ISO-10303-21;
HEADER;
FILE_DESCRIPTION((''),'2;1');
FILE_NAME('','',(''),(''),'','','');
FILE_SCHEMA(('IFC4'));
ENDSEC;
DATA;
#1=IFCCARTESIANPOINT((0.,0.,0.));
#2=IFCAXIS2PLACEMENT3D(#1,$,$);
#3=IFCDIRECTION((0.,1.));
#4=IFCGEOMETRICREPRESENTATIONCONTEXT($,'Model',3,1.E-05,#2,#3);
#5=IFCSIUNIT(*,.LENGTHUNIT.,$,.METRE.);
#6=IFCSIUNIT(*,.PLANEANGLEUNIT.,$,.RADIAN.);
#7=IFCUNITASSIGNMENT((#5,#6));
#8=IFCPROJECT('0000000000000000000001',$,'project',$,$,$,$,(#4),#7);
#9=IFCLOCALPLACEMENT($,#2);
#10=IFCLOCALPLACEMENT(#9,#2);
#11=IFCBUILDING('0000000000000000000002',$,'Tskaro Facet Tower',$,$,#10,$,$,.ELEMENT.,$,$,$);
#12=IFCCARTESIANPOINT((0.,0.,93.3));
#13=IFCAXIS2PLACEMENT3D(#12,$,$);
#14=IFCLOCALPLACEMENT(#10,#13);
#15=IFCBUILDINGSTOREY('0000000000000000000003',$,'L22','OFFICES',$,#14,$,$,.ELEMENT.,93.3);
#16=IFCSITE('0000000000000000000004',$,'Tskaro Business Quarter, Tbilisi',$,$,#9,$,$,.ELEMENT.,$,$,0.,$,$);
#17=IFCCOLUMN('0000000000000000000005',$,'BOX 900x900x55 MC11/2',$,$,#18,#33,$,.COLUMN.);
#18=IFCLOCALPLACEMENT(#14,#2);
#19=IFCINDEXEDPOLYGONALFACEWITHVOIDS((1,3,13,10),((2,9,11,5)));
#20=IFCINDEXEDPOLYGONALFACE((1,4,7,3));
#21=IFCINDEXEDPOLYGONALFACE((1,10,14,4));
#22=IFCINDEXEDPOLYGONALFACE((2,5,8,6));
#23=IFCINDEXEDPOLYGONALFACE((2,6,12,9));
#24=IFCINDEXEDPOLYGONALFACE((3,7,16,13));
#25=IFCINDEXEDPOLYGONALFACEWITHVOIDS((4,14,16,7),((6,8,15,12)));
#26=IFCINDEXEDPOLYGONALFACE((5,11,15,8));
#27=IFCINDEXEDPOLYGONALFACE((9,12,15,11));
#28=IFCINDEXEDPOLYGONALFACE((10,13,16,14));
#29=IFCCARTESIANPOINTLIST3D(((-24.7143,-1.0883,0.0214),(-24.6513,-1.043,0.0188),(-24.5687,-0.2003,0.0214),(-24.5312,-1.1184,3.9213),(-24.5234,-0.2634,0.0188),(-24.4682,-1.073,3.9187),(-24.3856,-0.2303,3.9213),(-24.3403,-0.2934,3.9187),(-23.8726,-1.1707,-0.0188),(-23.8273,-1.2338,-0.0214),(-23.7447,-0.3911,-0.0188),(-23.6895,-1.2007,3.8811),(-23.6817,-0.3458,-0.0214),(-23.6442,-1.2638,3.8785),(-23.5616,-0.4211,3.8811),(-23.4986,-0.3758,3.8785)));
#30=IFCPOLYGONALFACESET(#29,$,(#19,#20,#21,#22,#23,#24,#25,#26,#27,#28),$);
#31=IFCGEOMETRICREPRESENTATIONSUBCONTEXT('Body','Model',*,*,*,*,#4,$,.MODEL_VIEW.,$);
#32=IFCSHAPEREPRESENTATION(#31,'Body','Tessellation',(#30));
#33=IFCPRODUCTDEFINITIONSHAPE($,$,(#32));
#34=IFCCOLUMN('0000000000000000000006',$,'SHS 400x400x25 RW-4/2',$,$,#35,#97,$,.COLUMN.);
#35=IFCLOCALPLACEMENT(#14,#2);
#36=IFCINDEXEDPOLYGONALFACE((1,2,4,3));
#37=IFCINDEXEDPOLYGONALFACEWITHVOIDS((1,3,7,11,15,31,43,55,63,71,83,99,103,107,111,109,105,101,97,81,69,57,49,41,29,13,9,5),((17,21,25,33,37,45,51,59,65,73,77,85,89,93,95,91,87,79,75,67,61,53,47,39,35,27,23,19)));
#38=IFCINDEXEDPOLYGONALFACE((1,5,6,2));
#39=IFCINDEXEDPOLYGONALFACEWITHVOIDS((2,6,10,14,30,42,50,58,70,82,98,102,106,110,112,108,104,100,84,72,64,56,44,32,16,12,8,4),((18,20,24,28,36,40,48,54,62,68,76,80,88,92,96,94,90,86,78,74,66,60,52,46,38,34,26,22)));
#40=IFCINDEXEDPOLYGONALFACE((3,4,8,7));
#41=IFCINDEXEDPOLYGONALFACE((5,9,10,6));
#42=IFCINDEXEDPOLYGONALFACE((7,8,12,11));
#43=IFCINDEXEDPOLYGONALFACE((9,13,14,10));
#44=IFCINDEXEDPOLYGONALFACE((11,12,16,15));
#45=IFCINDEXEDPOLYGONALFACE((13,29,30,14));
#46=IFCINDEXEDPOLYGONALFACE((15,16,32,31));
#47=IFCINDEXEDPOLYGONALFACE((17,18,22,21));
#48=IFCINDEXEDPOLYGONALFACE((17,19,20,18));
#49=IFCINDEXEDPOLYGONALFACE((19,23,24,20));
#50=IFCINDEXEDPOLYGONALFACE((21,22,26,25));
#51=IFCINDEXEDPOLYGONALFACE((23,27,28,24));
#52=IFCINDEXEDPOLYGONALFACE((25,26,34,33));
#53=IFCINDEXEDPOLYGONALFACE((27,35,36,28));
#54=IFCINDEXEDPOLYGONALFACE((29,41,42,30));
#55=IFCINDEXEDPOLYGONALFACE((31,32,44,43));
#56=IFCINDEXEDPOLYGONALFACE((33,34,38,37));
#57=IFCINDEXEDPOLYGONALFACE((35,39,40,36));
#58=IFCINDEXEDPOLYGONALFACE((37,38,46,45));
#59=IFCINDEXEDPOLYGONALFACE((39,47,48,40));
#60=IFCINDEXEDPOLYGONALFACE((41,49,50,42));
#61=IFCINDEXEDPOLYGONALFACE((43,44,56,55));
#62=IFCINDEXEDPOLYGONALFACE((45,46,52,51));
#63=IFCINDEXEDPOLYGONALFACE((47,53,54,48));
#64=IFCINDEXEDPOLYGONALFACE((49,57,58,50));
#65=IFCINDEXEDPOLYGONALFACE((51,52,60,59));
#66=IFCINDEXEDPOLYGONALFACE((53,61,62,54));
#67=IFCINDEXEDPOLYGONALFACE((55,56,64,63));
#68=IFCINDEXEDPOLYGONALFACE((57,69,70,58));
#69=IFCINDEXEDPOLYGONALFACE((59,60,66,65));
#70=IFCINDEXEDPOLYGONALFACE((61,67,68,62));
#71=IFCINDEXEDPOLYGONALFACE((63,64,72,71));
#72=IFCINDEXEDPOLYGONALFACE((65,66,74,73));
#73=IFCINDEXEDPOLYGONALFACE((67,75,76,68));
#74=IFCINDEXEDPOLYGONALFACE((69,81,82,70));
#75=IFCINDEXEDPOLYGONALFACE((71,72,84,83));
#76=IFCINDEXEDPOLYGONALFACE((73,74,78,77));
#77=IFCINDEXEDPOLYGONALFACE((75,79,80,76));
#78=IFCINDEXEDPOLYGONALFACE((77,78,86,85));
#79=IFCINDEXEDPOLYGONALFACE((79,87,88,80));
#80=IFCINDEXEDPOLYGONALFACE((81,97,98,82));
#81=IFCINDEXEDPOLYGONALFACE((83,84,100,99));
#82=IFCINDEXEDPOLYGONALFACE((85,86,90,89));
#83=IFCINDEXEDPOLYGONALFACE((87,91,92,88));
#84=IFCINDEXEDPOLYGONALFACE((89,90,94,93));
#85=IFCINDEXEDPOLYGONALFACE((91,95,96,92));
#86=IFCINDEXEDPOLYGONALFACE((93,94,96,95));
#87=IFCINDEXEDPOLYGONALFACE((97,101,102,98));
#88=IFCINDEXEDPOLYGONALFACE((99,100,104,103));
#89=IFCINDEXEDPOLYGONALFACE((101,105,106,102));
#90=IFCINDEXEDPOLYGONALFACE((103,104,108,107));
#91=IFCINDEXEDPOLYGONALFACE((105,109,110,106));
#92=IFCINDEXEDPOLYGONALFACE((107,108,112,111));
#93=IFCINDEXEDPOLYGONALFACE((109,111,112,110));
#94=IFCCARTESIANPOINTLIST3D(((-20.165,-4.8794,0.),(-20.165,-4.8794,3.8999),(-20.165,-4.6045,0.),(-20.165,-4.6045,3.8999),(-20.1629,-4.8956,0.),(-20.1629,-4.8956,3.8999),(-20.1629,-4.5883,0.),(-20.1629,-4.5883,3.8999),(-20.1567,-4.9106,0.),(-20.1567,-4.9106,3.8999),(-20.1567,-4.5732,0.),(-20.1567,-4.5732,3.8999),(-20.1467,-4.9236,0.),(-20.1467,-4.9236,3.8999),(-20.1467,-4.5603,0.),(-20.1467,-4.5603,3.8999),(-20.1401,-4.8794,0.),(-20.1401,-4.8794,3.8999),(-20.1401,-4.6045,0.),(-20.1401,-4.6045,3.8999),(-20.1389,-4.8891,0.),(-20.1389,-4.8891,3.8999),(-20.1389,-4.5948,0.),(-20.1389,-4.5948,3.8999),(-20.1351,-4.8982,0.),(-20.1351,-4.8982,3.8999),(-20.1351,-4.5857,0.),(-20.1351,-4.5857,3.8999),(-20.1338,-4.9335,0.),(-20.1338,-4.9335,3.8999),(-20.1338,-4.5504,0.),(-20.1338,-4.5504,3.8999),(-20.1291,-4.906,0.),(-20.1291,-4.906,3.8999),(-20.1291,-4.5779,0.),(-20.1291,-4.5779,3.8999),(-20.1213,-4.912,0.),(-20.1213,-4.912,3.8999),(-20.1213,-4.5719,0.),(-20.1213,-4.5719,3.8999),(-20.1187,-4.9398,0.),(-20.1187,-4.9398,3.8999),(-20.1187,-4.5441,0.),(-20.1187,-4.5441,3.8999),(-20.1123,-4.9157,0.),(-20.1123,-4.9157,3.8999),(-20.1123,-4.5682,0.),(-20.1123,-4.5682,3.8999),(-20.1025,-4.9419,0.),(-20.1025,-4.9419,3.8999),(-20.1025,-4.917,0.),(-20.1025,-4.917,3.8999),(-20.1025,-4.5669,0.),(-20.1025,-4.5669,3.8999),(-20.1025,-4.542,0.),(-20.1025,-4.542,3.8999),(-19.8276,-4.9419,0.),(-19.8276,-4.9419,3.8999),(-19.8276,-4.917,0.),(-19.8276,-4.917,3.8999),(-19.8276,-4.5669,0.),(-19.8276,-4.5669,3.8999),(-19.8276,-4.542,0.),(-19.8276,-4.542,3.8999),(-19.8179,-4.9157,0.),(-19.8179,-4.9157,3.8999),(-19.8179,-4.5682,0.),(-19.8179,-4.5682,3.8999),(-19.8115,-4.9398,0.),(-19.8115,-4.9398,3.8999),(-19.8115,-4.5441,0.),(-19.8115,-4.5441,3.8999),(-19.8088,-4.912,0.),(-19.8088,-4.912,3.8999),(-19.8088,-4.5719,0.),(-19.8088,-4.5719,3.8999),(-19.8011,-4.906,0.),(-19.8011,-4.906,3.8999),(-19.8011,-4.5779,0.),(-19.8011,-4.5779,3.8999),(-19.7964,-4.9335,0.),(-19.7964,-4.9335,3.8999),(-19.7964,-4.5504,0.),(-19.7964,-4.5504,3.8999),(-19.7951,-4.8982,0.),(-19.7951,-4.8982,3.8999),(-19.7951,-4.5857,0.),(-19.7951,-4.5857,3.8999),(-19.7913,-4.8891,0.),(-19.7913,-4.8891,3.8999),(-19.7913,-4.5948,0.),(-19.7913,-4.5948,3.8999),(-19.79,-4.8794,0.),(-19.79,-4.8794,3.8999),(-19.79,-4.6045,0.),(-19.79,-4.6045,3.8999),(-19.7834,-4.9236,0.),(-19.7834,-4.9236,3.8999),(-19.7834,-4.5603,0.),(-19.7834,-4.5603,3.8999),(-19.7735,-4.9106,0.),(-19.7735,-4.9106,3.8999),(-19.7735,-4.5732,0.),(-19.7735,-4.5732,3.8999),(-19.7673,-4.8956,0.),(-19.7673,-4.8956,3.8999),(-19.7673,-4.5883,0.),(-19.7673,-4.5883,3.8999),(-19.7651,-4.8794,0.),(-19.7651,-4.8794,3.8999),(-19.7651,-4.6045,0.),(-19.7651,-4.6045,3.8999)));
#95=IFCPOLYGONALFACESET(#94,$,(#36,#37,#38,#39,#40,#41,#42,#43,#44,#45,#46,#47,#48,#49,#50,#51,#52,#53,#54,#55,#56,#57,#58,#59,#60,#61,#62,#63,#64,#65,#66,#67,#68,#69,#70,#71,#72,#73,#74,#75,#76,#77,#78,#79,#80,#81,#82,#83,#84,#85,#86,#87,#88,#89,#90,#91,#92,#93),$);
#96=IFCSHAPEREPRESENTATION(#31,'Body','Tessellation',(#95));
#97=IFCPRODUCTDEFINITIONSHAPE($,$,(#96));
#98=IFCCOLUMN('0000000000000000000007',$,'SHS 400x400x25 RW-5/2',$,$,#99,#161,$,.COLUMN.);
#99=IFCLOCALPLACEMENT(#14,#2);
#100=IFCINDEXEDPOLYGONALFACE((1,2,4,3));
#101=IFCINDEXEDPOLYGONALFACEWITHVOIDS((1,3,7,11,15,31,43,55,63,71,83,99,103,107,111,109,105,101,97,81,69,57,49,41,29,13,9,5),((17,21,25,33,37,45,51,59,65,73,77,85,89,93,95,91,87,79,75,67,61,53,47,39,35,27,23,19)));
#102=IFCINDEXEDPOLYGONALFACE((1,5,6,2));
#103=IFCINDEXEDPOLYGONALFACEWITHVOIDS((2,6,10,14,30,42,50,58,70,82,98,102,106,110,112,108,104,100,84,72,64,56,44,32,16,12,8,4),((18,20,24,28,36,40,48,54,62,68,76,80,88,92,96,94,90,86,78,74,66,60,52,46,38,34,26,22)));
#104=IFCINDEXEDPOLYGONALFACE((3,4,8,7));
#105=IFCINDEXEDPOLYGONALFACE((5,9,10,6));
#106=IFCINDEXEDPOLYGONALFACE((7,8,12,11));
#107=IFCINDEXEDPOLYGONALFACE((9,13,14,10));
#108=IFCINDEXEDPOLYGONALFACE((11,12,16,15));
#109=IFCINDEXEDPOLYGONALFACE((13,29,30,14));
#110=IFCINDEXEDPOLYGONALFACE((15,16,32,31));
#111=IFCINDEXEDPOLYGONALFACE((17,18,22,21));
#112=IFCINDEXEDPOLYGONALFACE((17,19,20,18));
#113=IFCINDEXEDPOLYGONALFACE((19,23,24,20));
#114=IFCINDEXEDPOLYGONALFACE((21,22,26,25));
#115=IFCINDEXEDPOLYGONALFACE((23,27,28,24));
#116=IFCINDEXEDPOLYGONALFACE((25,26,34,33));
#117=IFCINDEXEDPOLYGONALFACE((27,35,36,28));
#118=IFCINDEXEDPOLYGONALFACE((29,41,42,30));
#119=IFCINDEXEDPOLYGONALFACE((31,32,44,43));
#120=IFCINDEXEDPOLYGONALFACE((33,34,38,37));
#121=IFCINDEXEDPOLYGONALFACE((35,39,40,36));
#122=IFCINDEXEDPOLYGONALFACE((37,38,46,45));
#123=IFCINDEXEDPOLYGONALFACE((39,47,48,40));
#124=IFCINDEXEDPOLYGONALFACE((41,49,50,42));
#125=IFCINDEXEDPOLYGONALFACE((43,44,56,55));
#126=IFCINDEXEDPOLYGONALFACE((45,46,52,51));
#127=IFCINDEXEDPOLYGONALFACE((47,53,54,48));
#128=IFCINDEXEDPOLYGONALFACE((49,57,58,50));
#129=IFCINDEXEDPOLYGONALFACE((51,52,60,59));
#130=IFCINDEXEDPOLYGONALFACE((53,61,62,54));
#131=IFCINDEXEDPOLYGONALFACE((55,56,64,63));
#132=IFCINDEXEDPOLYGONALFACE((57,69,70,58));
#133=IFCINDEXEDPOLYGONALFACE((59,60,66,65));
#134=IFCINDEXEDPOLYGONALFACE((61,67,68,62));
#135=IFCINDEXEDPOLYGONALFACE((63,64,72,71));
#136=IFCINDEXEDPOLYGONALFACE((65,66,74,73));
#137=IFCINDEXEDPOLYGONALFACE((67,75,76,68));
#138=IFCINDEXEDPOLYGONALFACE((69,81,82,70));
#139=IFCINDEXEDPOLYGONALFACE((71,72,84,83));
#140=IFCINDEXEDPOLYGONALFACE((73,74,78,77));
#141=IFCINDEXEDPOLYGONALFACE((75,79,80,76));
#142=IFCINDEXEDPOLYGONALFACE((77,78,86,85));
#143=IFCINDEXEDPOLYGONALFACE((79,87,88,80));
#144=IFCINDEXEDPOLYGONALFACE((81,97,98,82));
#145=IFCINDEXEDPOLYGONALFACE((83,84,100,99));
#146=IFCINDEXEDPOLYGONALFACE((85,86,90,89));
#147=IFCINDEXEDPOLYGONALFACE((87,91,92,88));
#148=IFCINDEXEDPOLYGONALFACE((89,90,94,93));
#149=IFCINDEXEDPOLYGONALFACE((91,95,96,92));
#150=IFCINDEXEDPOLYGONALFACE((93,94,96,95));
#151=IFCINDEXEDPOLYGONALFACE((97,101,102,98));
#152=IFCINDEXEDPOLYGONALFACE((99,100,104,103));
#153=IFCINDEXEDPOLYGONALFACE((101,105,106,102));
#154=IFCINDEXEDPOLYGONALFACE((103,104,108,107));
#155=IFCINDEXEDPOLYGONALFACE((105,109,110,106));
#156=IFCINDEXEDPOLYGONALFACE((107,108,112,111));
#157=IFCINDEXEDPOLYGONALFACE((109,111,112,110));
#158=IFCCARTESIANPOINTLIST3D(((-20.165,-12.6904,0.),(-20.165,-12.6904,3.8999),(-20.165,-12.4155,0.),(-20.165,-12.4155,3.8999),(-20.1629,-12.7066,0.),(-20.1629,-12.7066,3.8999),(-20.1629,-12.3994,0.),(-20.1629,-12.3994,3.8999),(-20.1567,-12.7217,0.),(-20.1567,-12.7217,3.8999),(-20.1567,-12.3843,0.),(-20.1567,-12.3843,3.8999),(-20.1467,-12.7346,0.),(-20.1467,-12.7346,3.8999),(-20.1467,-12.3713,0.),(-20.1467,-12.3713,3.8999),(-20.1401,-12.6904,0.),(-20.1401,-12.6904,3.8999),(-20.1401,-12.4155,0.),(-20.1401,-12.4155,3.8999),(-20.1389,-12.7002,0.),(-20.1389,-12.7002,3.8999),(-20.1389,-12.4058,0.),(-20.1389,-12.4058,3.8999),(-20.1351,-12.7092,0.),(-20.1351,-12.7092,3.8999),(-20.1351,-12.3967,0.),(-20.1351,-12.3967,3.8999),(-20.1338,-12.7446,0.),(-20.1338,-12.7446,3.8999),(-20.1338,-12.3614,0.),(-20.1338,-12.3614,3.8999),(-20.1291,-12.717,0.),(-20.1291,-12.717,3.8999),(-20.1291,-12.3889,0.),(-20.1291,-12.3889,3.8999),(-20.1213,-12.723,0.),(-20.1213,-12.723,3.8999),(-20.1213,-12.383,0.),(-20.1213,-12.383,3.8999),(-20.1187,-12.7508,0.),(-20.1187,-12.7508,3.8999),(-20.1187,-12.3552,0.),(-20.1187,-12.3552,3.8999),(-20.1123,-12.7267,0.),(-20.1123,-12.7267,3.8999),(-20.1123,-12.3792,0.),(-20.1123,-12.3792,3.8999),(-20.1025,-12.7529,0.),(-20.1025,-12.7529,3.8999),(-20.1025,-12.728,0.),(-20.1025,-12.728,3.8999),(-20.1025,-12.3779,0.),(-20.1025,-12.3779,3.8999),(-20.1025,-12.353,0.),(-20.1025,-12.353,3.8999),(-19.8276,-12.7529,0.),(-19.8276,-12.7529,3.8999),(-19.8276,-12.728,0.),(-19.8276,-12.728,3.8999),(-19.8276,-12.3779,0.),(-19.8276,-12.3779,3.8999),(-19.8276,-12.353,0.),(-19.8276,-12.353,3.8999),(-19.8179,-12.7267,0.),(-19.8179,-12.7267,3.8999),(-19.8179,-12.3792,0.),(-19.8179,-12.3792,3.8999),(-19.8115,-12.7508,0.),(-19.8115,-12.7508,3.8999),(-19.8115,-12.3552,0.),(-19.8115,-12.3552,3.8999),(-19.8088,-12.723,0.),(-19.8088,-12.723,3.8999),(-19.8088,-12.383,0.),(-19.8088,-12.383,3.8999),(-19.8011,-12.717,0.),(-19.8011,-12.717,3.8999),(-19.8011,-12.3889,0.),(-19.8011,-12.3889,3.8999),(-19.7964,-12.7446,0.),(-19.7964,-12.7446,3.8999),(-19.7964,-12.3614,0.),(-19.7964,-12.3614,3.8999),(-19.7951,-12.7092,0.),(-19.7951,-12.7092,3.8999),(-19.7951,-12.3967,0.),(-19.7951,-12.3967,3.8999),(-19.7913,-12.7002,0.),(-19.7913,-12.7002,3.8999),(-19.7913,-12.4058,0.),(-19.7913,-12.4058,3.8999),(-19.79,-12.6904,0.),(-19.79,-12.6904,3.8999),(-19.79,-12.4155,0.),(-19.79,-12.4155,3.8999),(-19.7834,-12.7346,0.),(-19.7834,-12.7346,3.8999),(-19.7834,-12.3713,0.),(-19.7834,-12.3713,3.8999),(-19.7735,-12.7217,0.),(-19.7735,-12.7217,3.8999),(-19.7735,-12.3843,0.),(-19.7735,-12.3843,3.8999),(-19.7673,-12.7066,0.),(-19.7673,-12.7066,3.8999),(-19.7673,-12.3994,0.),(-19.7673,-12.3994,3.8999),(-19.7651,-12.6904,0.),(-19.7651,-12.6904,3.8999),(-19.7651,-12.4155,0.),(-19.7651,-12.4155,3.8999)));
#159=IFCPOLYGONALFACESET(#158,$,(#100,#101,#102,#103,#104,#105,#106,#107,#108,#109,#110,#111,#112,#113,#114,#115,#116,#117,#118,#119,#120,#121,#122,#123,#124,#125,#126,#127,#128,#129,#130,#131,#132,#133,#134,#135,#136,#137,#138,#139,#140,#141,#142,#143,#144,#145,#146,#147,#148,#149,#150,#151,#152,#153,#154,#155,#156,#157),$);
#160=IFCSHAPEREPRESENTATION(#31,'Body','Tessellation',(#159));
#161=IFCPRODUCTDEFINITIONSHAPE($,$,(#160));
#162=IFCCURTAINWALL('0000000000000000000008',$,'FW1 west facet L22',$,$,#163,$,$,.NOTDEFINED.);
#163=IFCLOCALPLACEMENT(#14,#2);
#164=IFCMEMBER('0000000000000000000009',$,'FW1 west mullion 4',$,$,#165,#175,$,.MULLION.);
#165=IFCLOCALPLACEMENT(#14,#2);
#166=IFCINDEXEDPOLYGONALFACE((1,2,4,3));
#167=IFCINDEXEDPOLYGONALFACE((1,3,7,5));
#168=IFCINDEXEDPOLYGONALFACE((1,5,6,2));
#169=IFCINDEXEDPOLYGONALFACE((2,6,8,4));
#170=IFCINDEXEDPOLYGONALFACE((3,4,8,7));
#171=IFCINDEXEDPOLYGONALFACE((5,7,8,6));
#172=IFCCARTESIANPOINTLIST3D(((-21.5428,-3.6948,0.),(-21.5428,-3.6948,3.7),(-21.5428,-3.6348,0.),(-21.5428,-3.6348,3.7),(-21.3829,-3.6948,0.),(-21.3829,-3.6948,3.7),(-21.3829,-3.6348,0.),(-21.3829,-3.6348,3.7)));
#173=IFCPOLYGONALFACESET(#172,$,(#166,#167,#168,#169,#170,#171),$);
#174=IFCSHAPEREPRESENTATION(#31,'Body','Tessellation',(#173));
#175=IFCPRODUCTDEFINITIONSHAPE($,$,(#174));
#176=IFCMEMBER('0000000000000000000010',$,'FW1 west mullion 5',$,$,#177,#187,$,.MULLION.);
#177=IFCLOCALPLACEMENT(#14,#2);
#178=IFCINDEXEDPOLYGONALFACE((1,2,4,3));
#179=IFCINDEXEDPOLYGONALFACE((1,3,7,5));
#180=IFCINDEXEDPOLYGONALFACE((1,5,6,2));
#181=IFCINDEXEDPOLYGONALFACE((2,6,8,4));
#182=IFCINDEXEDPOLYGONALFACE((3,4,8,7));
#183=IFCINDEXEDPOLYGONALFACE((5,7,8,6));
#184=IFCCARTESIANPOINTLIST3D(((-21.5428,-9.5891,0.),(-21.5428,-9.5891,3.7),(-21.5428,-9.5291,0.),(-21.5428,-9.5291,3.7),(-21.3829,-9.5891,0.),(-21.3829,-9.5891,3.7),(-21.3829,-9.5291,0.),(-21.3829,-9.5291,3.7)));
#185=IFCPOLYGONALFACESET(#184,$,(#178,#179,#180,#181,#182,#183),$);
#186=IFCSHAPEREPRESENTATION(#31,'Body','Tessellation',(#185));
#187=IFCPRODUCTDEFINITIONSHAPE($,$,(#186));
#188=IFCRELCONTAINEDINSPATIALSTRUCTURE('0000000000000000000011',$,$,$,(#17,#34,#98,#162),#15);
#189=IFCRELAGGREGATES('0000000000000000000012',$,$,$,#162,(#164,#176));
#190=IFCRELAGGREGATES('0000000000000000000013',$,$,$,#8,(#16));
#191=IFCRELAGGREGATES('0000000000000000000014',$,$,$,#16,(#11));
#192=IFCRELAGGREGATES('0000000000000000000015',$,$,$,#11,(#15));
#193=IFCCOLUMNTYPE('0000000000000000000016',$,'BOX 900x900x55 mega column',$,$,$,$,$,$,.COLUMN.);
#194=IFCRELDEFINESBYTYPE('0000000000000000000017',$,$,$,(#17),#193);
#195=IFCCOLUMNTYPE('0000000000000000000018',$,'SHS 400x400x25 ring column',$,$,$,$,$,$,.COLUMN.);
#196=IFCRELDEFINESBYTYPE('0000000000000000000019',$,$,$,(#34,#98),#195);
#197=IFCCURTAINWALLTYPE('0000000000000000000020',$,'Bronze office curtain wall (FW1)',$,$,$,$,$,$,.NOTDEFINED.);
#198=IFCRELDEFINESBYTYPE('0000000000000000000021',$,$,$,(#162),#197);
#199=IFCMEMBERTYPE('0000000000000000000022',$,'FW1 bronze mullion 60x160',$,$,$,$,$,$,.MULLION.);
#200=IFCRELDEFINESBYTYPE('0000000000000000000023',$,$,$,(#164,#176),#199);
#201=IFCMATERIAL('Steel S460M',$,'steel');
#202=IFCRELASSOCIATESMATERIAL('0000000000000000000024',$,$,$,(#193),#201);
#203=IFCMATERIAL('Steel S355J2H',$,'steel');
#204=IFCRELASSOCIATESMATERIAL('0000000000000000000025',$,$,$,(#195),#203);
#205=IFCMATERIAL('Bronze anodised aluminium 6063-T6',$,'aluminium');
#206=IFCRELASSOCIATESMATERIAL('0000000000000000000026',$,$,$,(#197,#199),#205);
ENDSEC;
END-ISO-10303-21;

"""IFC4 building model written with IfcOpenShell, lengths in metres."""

from ifc_helpers import new_model, si_unit, direction, frame, origin, origin_2d, place, context, subcontext, project, spatial, rectangle, hollow_rectangle, extrude, material, material_profile, profile_set, type_object, element, aggregate, save


model = new_model("IFC4")

# Units and contexts
model_context = context("Model", 3, precision=1e-05, world=origin(), true_north=direction((0.0, 1.0)))
body_context = subcontext(model_context, "Body", "Model", "MODEL_VIEW")
ifc_project = project(units=[si_unit("LENGTHUNIT", "METRE"), si_unit("PLANEANGLEUNIT", "RADIAN")], contexts=[model_context])

# Site, building, storey
site_placement = place(None, origin())
site = spatial("IfcSite", under=ifc_project, at=site_placement, Name="Tskaro Business Quarter, Tbilisi", CompositionType="ELEMENT", RefElevation=0.0)
building_placement = place(site_placement, origin())
building = spatial("IfcBuilding", under=site, at=building_placement, Name="Tskaro Facet Tower", CompositionType="ELEMENT")
storey_placement = place(building_placement, frame((0.0, 0.0, 93.3)))
storey = spatial("IfcBuildingStorey", under=building, at=storey_placement, Name="L22", Description="OFFICES", CompositionType="ELEMENT", Elevation=93.3)

# Columns
ifc_material_1 = material(Name="Steel S460M", Category="steel")
ifc_material_profile_1 = material_profile(ifc_material_1, hollow_rectangle(XDim=0.8999, YDim=0.8999, WallThickness=0.0549, at=origin_2d()), Name="BOX 900x900x55")
ifc_profile_set_1 = profile_set([ifc_material_profile_1], Name="Steel S460M")
column_type_1 = type_object("IfcColumnType", Name="BOX 900x900x55 mega column", PredefinedType="COLUMN", material=ifc_profile_set_1)
column_placement = place(storey_placement, frame((-24.198, -0.717, 0.0), z_axis=(0.046898, -0.007691, 0.99887), x_axis=(0.161838, 0.986817, 0.0)))
element("IfcColumn", 1, at=column_placement, inside=storey, type_object=column_type_1, Name="BOX 900x900x55 MC11/2", PredefinedType="COLUMN", context=body_context, shape_type="SweptSolid", body=[
    extrude(hollow_rectangle(XDim=0.8999, YDim=0.8999, WallThickness=0.0549, at=origin_2d()), origin(), (0.0, 0.0, 1.0), 3.9043),
])
ifc_material_2 = material(Name="Steel S355J2H", Category="steel")
ifc_material_profile_2 = material_profile(ifc_material_2, hollow_rectangle(XDim=0.3999, YDim=0.3999, WallThickness=0.0249, InnerFilletRadius=0.0376, OuterFilletRadius=0.0625, at=origin_2d()), Name="SHS 400x400x25")
ifc_profile_set_2 = profile_set([ifc_material_profile_2], Name="Steel S355J2H")
column_type_2 = type_object("IfcColumnType", Name="SHS 400x400x25 ring column", PredefinedType="COLUMN", material=ifc_profile_set_2)
for number, where, z_axis, x_axis, name in (
    (2, (-19.9651, -4.7419, 0.0), (0.0, 0.0, 1.0), (1.0, 0.0, 0.0), "SHS 400x400x25 RW-4/2"),
    (3, (-19.9651, -12.553, 0.0), (0.0, 0.0, 1.0), (1.0, 0.0, 0.0), "SHS 400x400x25 RW-5/2"),
):
    element("IfcColumn", number, at=place(storey_placement, frame(where, z_axis=z_axis, x_axis=x_axis)), inside=storey, type_object=column_type_2, Name=name, PredefinedType="COLUMN", context=body_context, shape_type="SweptSolid", body=[
        extrude(hollow_rectangle(XDim=0.3999, YDim=0.3999, WallThickness=0.0249, InnerFilletRadius=0.0376, OuterFilletRadius=0.0625, at=origin_2d()), origin(), (0.0, 0.0, 1.0), 3.8999),
    ])

# Curtain wall, members
ifc_material_3 = material(Name="Bronze anodised aluminium 6063-T6", Category="aluminium")
curtain_wall_type = type_object("IfcCurtainWallType", Name="Bronze office curtain wall (FW1)", PredefinedType="NOTDEFINED", material=ifc_material_3)
curtain_wall_placement = place(storey_placement, origin())
curtain_wall = element("IfcCurtainWall", 4, at=curtain_wall_placement, inside=storey, type_object=curtain_wall_type, Name="FW1 west facet L22", PredefinedType="NOTDEFINED")
ifc_material_profile_3 = material_profile(ifc_material_3, rectangle(XDim=0.0601, YDim=0.1599, at=origin_2d()), Name="Mullion 60x160")
ifc_profile_set_3 = profile_set([ifc_material_profile_3], Name="Bronze anodised aluminium 6063-T6")
member_type_1 = type_object("IfcMemberType", Name="FW1 bronze mullion 60x160", PredefinedType="MULLION", material=ifc_profile_set_3)
member_1_placement = place(storey_placement, frame((-21.4629, -3.6648, 0.0), z_axis=(0.0, 0.0, 1.0), x_axis=(0.0, -1.0, 0.0)))
member_1 = element("IfcMember", 5, at=member_1_placement, type_object=member_type_1, Name="FW1 west mullion 4", PredefinedType="MULLION", context=body_context, shape_type="SweptSolid", body=[
    extrude(rectangle(XDim=0.0601, YDim=0.1599, at=origin_2d()), origin(), (0.0, 0.0, 1.0), 3.7),
])
member_2_placement = place(storey_placement, frame((-21.4629, -9.5591, 0.0), z_axis=(0.0, 0.0, 1.0), x_axis=(0.0, -1.0, 0.0)))
member_2 = element("IfcMember", 6, at=member_2_placement, type_object=member_type_1, Name="FW1 west mullion 5", PredefinedType="MULLION", context=body_context, shape_type="SweptSolid", body=[
    extrude(rectangle(XDim=0.0601, YDim=0.1599, at=origin_2d()), origin(), (0.0, 0.0, 1.0), 3.7),
])

aggregate(curtain_wall, [member_1, member_2])

save(model, "model.ifc")
